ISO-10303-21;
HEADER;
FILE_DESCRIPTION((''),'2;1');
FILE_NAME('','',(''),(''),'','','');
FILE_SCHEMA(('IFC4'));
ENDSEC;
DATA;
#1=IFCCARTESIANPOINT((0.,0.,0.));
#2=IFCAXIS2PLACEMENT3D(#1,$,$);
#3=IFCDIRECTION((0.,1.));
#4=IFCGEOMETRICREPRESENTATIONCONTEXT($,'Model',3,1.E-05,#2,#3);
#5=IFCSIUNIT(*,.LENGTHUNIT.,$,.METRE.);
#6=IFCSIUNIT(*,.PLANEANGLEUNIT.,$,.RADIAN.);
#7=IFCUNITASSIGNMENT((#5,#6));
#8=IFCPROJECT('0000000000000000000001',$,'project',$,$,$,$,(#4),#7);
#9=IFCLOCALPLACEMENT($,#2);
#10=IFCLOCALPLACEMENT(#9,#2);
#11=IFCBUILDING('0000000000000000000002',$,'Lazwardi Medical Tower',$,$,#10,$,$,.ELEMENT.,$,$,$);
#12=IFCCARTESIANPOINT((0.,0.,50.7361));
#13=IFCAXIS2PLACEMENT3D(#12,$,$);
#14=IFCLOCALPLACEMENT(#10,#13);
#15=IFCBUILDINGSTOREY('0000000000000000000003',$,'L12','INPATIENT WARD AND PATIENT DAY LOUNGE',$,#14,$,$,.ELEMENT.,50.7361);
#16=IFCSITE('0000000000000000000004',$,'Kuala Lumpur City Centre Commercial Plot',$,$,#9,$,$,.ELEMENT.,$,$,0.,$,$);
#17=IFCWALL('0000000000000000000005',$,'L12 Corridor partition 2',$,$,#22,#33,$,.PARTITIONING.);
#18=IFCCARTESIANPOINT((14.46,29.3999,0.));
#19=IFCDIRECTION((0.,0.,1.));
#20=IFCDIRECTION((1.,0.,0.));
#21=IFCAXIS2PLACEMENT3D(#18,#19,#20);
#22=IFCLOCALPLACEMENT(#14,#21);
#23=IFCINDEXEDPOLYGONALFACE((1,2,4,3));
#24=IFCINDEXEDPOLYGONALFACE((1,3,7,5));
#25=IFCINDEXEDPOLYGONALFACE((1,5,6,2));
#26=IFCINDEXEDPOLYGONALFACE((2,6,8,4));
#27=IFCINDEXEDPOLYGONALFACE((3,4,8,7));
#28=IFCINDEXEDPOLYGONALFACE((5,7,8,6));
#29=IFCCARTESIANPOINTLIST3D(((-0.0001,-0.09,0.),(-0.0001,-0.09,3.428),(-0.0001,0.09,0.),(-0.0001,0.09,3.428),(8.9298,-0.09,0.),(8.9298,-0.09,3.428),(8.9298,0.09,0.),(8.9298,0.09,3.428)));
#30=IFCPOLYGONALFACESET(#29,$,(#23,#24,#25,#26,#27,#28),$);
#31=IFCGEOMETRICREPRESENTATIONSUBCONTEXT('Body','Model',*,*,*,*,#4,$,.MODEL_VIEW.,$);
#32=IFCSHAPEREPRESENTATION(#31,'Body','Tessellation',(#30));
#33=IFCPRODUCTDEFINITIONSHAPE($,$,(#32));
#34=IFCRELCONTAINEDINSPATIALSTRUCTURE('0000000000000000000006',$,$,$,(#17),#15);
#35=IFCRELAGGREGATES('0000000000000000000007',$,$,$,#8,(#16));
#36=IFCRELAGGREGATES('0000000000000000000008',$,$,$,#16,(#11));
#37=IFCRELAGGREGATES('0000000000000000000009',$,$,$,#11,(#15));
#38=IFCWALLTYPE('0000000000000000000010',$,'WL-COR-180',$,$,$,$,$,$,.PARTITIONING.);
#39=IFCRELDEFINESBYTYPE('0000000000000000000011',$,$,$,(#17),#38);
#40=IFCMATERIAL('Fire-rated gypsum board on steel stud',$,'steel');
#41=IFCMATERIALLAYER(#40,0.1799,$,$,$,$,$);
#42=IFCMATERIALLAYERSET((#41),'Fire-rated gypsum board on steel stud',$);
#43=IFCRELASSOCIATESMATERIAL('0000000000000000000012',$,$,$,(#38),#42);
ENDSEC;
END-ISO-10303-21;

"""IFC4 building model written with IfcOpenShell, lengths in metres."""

from ifc_helpers import new_model, si_unit, direction, frame, frame_2d, origin, place, context, subcontext, project, spatial, rectangle, extrude, material, layer, layer_set, type_object, element, save


model = new_model("IFC4")

# Units and contexts
model_context = context("Model", 3, precision=1e-05, world=origin(), true_north=direction((0.0, 1.0)))
body_context = subcontext(model_context, "Body", "Model", "MODEL_VIEW")
ifc_project = project(units=[si_unit("LENGTHUNIT", "METRE"), si_unit("PLANEANGLEUNIT", "RADIAN")], contexts=[model_context])

# Site, building, storey
site_placement = place(None, origin())
site = spatial("IfcSite", under=ifc_project, at=site_placement, Name="Kuala Lumpur City Centre Commercial Plot", CompositionType="ELEMENT", RefElevation=0.0)
building_placement = place(site_placement, origin())
building = spatial("IfcBuilding", under=site, at=building_placement, Name="Lazwardi Medical Tower", CompositionType="ELEMENT")
storey_placement = place(building_placement, frame((0.0, 0.0, 50.7361)))
storey = spatial("IfcBuildingStorey", under=building, at=storey_placement, Name="L12", Description="INPATIENT WARD AND PATIENT DAY LOUNGE", CompositionType="ELEMENT", Elevation=50.7361)

# Wall
ifc_material_1 = material(Name="Fire-rated gypsum board on steel stud", Category="steel")
ifc_layer_1 = layer(ifc_material_1, 0.1799)
ifc_layer_set_1 = layer_set([ifc_layer_1], Name="Fire-rated gypsum board on steel stud")
wall_type_1 = type_object("IfcWallType", Name="WL-COR-180", PredefinedType="PARTITIONING", material=ifc_layer_set_1)
wall_1_placement = place(storey_placement, frame((14.46, 29.3999, 0.0), z_axis=(0.0, 0.0, 1.0), x_axis=(1.0, 0.0, 0.0)))
element("IfcWall", 1, at=wall_1_placement, inside=storey, type_object=wall_type_1, Name="L12 Corridor partition 2", PredefinedType="PARTITIONING", context=body_context, shape_type="SweptSolid", body=[
    extrude(rectangle(XDim=8.9299, YDim=0.1799, at=frame_2d((4.4648, 0.0))), origin(), (0.0, 0.0, 1.0), 3.428),
])

save(model, "model.ifc")
